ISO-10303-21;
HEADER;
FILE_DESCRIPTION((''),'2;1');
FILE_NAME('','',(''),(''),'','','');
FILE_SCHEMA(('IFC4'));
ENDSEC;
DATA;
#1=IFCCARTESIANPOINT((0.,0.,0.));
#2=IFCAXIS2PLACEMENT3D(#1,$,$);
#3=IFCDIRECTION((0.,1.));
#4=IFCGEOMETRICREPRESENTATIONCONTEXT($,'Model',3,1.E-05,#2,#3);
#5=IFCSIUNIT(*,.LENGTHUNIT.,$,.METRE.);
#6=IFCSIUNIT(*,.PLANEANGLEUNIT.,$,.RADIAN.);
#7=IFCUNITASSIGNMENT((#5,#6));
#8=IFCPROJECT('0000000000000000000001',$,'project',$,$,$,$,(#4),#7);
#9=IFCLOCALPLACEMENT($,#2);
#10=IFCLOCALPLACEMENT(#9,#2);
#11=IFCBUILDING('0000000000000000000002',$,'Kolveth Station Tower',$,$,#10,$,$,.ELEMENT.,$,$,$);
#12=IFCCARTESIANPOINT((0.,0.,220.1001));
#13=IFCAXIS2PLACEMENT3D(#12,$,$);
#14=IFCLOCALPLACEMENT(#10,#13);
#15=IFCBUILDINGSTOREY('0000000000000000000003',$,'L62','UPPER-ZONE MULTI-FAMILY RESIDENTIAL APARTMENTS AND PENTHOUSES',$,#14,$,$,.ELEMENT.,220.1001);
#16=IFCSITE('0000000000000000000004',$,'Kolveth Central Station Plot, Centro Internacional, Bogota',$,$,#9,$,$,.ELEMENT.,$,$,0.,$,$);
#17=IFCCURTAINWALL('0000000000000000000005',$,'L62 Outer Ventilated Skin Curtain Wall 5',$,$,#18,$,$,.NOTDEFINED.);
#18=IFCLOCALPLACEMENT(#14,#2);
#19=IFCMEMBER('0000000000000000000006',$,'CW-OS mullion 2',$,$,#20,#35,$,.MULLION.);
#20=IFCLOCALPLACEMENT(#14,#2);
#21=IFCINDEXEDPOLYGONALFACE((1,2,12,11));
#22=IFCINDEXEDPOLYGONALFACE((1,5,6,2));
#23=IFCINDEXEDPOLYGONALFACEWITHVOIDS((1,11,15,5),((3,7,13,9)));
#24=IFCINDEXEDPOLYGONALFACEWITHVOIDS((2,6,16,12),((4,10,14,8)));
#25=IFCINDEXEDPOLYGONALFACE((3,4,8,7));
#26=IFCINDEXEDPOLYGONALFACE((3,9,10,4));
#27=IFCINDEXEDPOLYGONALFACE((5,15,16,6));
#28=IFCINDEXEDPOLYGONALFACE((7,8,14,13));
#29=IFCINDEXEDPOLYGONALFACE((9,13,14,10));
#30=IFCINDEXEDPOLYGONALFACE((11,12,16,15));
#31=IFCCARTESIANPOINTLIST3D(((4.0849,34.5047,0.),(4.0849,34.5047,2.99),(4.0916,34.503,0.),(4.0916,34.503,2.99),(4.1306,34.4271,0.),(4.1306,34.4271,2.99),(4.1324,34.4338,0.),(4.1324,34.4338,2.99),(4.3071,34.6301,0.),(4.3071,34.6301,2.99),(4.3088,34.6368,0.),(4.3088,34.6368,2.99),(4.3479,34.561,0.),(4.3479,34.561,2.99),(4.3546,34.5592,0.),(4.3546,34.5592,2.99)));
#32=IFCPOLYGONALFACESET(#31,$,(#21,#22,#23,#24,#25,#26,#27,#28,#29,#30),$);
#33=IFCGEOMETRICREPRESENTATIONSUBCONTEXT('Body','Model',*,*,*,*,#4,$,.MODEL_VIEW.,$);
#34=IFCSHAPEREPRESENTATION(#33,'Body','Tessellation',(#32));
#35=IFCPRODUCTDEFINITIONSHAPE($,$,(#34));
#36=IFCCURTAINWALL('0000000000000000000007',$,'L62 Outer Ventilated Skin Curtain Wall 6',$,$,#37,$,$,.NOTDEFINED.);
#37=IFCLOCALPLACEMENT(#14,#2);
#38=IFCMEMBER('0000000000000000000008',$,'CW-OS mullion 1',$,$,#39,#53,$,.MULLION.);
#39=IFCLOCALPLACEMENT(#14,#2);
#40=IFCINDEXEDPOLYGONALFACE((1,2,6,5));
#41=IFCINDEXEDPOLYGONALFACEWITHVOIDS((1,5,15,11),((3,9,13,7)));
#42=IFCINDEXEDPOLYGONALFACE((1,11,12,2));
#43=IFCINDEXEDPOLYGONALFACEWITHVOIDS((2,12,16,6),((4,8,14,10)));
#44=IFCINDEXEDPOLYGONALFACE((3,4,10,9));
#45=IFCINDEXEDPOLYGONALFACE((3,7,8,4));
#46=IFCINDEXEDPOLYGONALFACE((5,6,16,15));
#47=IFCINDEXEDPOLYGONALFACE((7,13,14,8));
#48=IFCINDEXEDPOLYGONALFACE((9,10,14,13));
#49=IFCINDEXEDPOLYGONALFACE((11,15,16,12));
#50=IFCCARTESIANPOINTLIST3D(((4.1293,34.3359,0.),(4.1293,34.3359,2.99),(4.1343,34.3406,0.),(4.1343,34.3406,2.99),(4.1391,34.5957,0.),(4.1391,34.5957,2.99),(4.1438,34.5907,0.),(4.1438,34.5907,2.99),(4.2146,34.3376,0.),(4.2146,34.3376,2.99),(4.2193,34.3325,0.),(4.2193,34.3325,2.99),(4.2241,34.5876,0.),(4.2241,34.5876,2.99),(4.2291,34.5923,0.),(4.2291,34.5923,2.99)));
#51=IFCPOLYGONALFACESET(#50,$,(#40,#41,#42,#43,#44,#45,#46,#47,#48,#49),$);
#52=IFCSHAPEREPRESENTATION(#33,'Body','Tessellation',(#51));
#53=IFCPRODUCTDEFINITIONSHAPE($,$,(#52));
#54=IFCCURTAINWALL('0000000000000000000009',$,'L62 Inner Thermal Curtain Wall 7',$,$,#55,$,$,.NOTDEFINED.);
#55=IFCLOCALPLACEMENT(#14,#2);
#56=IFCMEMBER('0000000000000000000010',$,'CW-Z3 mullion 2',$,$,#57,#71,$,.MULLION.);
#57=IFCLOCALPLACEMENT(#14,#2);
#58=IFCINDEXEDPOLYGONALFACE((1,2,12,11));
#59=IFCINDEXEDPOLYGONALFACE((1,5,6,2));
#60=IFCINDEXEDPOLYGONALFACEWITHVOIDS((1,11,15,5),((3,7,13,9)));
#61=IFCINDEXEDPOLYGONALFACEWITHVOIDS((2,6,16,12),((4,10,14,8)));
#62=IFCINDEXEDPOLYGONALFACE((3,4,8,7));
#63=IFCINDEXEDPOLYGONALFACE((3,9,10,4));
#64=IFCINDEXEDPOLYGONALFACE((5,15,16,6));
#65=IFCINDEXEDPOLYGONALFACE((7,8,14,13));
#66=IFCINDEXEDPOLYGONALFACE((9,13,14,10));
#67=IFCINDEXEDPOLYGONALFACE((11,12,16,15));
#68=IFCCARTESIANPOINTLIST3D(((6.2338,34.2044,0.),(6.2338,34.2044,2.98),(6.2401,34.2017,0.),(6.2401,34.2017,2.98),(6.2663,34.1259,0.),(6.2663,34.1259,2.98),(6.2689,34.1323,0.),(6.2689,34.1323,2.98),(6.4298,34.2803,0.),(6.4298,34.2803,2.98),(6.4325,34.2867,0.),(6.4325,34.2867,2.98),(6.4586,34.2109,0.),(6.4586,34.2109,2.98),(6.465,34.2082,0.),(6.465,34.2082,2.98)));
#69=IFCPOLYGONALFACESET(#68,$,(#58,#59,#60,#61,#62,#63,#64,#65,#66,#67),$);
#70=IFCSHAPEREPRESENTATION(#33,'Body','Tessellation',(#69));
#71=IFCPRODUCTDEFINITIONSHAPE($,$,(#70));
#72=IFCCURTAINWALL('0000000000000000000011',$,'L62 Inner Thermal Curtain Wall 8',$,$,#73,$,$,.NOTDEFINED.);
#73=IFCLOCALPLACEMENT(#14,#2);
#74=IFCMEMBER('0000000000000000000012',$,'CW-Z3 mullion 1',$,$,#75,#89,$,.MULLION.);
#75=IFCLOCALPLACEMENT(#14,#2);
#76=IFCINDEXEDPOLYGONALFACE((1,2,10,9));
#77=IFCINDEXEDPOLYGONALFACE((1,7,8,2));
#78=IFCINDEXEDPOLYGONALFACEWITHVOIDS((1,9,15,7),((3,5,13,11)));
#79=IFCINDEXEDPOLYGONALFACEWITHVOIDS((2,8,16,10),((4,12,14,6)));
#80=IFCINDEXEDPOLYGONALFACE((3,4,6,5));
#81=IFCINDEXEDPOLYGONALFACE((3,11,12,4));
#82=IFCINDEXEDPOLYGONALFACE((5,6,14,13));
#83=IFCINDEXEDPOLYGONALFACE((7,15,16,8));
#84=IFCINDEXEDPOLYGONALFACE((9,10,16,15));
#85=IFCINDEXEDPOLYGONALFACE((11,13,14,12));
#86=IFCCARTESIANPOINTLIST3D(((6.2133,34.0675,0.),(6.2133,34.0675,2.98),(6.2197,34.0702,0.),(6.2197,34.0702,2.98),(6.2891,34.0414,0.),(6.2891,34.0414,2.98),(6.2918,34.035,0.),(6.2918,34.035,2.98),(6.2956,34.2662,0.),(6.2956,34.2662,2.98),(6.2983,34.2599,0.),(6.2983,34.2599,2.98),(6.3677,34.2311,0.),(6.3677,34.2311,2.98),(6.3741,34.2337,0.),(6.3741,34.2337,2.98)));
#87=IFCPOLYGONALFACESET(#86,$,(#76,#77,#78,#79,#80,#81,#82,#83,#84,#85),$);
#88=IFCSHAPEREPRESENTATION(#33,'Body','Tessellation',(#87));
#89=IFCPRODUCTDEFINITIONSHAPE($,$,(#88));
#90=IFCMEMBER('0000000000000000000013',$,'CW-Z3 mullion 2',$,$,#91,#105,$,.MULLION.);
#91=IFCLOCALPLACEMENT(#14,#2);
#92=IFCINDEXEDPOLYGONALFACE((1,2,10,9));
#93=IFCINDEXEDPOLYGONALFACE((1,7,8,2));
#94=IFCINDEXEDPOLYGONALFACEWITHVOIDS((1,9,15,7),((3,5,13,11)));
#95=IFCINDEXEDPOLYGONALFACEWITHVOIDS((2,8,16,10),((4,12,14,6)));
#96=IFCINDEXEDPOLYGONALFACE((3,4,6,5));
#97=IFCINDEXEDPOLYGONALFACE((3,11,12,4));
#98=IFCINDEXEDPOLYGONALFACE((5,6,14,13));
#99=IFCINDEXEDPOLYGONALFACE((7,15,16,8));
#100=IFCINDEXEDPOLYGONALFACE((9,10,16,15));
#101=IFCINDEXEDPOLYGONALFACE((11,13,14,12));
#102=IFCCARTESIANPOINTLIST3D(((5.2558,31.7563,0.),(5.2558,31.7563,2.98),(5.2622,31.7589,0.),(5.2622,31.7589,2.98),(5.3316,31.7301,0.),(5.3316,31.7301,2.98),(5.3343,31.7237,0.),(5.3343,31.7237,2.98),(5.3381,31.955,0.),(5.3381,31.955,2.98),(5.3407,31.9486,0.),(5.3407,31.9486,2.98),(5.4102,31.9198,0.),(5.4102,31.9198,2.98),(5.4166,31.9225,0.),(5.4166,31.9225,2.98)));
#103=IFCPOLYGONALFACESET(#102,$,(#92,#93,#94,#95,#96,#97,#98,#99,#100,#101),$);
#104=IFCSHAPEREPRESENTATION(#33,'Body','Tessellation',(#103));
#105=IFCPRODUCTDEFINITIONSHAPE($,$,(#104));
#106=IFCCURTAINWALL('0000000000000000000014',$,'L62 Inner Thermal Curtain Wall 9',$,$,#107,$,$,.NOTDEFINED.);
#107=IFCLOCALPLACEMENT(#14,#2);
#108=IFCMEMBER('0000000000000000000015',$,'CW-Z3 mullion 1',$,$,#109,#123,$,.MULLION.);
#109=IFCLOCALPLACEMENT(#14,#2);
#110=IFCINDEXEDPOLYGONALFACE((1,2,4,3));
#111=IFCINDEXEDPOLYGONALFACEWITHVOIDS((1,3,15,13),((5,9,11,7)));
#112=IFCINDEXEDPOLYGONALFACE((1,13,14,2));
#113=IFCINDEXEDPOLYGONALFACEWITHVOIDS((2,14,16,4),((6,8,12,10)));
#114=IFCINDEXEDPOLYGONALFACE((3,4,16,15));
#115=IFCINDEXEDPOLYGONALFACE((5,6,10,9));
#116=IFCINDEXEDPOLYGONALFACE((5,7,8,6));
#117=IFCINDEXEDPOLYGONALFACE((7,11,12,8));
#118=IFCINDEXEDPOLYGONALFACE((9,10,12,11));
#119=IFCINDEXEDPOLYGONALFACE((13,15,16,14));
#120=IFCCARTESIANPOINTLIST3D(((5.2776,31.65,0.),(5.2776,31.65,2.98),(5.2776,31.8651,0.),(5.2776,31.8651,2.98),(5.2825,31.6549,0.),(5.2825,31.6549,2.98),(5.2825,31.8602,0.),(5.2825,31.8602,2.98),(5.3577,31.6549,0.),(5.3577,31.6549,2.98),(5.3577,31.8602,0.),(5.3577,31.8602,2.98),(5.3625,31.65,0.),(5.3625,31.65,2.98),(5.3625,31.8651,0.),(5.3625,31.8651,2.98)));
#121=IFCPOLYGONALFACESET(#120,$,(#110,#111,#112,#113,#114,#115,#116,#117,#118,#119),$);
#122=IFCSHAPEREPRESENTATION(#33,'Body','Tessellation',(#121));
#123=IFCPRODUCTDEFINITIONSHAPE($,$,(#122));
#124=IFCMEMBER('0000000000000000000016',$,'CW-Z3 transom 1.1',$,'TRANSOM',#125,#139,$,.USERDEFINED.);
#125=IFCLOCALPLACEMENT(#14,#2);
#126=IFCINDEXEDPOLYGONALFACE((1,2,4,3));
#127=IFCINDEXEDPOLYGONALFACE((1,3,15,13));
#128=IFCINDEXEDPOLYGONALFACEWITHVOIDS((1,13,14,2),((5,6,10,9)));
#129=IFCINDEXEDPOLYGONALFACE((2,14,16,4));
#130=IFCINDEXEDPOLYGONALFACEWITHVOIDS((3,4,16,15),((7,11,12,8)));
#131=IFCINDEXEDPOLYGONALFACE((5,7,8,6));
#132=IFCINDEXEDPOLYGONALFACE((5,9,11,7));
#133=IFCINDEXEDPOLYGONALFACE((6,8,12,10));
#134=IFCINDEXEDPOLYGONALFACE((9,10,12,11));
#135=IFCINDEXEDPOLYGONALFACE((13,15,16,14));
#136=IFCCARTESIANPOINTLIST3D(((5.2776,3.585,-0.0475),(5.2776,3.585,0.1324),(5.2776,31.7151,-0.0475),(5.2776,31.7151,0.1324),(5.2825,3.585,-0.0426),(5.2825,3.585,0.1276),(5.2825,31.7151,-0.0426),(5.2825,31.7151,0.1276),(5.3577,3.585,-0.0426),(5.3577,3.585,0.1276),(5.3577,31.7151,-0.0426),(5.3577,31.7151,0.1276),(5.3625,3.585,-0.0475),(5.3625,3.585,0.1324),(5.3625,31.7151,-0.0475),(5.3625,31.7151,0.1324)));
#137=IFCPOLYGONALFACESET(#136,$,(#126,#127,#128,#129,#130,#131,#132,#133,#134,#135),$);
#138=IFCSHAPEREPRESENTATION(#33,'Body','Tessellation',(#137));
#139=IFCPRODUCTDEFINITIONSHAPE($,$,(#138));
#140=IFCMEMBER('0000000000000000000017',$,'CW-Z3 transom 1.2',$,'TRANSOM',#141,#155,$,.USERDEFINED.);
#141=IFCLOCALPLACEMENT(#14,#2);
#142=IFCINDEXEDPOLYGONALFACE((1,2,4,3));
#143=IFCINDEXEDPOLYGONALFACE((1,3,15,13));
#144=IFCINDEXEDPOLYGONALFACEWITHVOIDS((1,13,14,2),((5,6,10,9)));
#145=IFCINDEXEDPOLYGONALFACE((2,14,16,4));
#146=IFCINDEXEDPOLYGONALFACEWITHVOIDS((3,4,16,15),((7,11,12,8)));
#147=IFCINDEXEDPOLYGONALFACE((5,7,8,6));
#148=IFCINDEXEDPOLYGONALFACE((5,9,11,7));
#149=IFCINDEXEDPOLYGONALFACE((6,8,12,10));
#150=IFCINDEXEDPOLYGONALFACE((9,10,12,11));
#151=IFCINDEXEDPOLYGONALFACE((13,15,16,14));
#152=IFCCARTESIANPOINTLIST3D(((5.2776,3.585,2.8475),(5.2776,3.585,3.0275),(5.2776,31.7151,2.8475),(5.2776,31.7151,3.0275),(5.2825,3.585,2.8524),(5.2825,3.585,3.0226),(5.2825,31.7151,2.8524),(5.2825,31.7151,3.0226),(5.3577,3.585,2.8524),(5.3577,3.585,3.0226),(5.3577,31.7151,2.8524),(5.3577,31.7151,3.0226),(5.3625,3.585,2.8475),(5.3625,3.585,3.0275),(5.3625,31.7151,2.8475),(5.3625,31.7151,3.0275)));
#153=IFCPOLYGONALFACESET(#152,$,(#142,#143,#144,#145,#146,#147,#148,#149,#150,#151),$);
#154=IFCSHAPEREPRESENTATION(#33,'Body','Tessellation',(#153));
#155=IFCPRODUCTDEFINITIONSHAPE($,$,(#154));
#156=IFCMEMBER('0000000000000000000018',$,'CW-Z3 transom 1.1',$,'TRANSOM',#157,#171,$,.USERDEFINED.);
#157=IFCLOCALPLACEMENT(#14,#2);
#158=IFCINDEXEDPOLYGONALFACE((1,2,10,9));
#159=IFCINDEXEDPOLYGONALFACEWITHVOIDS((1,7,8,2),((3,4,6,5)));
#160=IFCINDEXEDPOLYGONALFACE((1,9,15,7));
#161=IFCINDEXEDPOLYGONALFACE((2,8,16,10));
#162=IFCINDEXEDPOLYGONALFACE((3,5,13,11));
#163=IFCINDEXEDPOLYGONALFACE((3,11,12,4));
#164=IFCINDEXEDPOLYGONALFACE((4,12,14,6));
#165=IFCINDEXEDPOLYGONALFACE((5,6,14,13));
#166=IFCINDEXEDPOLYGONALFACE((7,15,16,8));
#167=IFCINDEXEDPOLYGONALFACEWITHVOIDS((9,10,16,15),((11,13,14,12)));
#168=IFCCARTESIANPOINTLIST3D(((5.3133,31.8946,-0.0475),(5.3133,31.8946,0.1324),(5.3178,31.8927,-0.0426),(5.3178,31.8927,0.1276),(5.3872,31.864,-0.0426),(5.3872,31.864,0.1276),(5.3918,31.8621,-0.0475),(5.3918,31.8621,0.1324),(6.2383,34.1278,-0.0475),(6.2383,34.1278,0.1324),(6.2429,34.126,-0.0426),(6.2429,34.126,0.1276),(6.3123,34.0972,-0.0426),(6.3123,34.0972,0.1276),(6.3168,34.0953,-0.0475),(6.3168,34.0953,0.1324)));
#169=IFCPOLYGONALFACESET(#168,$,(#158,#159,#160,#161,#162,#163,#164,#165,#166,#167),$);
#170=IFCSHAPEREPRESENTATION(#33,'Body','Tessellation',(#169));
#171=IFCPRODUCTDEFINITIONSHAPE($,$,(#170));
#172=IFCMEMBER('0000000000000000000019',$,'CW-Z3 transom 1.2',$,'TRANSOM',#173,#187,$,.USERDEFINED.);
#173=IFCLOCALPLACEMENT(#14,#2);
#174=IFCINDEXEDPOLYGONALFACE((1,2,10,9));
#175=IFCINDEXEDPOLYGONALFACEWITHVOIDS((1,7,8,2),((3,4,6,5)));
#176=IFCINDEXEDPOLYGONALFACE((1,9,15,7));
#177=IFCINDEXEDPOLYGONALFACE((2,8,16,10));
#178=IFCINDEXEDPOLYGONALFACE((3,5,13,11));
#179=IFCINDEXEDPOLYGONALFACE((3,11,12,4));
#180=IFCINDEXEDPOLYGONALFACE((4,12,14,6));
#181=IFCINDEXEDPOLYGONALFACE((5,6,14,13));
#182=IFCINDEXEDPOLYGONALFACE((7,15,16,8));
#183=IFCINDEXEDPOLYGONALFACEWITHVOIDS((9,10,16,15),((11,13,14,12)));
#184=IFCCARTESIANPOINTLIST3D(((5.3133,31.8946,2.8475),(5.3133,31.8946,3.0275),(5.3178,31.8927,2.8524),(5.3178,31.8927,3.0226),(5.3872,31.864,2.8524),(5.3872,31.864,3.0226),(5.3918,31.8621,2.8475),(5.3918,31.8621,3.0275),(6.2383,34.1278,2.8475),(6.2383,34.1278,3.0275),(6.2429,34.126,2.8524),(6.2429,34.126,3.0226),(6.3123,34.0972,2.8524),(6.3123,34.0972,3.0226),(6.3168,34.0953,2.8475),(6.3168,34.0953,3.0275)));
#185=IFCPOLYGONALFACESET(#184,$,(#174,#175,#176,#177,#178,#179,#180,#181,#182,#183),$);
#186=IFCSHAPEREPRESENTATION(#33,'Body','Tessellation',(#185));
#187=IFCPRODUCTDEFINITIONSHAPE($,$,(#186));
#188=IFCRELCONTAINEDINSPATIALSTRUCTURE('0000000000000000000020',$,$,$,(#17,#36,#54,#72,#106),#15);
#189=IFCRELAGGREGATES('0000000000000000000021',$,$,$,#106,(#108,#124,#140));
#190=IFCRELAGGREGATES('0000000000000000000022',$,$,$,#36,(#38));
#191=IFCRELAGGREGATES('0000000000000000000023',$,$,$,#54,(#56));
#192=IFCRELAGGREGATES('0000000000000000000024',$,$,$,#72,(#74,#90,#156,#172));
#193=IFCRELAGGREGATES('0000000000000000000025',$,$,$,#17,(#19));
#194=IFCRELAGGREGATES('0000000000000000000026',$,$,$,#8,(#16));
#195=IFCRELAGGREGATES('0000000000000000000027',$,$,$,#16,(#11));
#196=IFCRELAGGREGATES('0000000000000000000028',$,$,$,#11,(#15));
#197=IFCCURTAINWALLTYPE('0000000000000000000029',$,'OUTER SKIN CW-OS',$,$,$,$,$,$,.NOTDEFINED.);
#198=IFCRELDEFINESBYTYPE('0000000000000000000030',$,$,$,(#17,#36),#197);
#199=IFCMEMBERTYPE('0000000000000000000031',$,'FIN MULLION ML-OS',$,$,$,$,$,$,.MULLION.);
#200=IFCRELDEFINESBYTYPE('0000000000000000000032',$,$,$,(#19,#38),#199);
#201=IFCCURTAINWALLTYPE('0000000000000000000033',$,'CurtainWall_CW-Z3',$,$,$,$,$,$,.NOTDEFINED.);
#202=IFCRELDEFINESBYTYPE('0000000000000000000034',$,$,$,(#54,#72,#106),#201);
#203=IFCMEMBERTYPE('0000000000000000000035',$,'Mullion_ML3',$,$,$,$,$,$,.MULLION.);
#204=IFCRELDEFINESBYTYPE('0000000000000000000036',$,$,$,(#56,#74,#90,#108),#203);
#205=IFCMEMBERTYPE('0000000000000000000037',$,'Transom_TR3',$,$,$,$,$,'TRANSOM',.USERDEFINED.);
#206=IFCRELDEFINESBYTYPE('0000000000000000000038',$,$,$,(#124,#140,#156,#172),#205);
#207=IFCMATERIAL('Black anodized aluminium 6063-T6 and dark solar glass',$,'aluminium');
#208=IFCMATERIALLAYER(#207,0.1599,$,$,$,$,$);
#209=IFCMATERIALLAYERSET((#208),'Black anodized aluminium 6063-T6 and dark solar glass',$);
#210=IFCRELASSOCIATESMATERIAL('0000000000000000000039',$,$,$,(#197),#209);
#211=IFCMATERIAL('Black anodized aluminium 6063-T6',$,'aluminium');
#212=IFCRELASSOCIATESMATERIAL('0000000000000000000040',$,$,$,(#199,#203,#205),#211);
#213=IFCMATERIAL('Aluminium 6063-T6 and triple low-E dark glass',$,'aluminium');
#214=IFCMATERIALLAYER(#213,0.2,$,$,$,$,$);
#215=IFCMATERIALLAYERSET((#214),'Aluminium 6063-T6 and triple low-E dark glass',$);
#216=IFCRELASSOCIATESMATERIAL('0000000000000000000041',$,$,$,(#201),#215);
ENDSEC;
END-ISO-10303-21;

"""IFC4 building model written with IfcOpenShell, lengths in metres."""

from ifc_helpers import new_model, si_unit, direction, frame, origin, origin_2d, place, context, subcontext, project, spatial, hollow_rectangle, extrude, source, transform, mapped, material, layer, layer_set, material_profile, profile_set, type_object, element, aggregate, save


model = new_model("IFC4")

# Units and contexts
model_context = context("Model", 3, precision=1e-05, world=origin(), true_north=direction((0.0, 1.0)))
body_context = subcontext(model_context, "Body", "Model", "MODEL_VIEW")
ifc_project = project(units=[si_unit("LENGTHUNIT", "METRE"), si_unit("PLANEANGLEUNIT", "RADIAN")], contexts=[model_context])

# Site, building, storey
site_placement = place(None, origin())
site = spatial("IfcSite", under=ifc_project, at=site_placement, Name="Kolveth Central Station Plot, Centro Internacional, Bogota", CompositionType="ELEMENT", RefElevation=0.0)
building_placement = place(site_placement, origin())
building = spatial("IfcBuilding", under=site, at=building_placement, Name="Kolveth Station Tower", CompositionType="ELEMENT")
storey_placement = place(building_placement, frame((0.0, 0.0, 220.1001)))
storey = spatial("IfcBuildingStorey", under=building, at=storey_placement, Name="L62", Description="UPPER-ZONE MULTI-FAMILY RESIDENTIAL APARTMENTS AND PENTHOUSES", CompositionType="ELEMENT", Elevation=220.1001)

# Curtain walls, members
ifc_material_1 = material(Name="Black anodized aluminium 6063-T6 and dark solar glass", Category="aluminium")
ifc_layer_1 = layer(ifc_material_1, 0.1599)
ifc_layer_set_1 = layer_set([ifc_layer_1], Name="Black anodized aluminium 6063-T6 and dark solar glass")
curtain_wall_type_1 = type_object("IfcCurtainWallType", Name="OUTER SKIN CW-OS", PredefinedType="NOTDEFINED", material=ifc_layer_set_1)
curtain_wall_1_placement = place(storey_placement, origin())
curtain_wall_1 = element("IfcCurtainWall", 1, at=curtain_wall_1_placement, inside=storey, type_object=curtain_wall_type_1, Name="L62 Outer Ventilated Skin Curtain Wall 5", PredefinedType="NOTDEFINED")
ifc_material_2 = material(Name="Black anodized aluminium 6063-T6", Category="aluminium")
ifc_material_profile_1 = material_profile(ifc_material_2, hollow_rectangle(XDim=0.0901, YDim=0.26, WallThickness=0.0049, at=origin_2d()), Name="ALU-90x260x5")
ifc_profile_set_1 = profile_set([ifc_material_profile_1], Name="Black anodized aluminium 6063-T6")
member_type_1 = type_object("IfcMemberType", Name="FIN MULLION ML-OS", PredefinedType="MULLION", material=ifc_profile_set_1)
shared_shape_1 = source(origin(), body_context, "Body", "SweptSolid", [
    extrude(hollow_rectangle(XDim=0.0901, YDim=0.26, WallThickness=0.0049, at=origin_2d()), origin(), (0.0, 0.0, 1.0), 2.99),
])
member_1_placement = place(storey_placement, frame((4.2197, 34.532, 0.0), z_axis=(0.0, 0.0, 1.0), x_axis=(0.508014, -0.861349, 0.0)))
member_1 = element("IfcMember", 2, at=member_1_placement, type_object=member_type_1, Name="CW-OS mullion 2", PredefinedType="MULLION", context=body_context, shape_type="MappedRepresentation", body=[
    mapped(shared_shape_1, transform((0.0, 0.0, 0.0), x_axis=(1.0, 0.0, 0.0), y_axis=(0.0, 1.0, 0.0), z_axis=(0.0, 0.0, 1.0), scale=1.0)),
])
curtain_wall_2_placement = place(storey_placement, origin())
curtain_wall_2 = element("IfcCurtainWall", 3, at=curtain_wall_2_placement, inside=storey, type_object=curtain_wall_type_1, Name="L62 Outer Ventilated Skin Curtain Wall 6", PredefinedType="NOTDEFINED")
member_2_placement = place(storey_placement, frame((4.1792, 34.4641, 0.0), z_axis=(0.0, 0.0, 1.0), x_axis=(0.999288, -0.037732, 0.0)))
member_2 = element("IfcMember", 4, at=member_2_placement, type_object=member_type_1, Name="CW-OS mullion 1", PredefinedType="MULLION", context=body_context, shape_type="MappedRepresentation", body=[
    mapped(shared_shape_1, transform((0.0, 0.0, 0.0), x_axis=(1.0, 0.0, 0.0), y_axis=(0.0, 1.0, 0.0), z_axis=(0.0, 0.0, 1.0), scale=1.0)),
])
ifc_material_3 = material(Name="Aluminium 6063-T6 and triple low-E dark glass", Category="aluminium")
ifc_layer_2 = layer(ifc_material_3, 0.2)
ifc_layer_set_2 = layer_set([ifc_layer_2], Name="Aluminium 6063-T6 and triple low-E dark glass")
curtain_wall_type_2 = type_object("IfcCurtainWallType", Name="CurtainWall_CW-Z3", PredefinedType="NOTDEFINED", material=ifc_layer_set_2)
curtain_wall_3_placement = place(storey_placement, origin())
curtain_wall_3 = element("IfcCurtainWall", 5, at=curtain_wall_3_placement, inside=storey, type_object=curtain_wall_type_2, Name="L62 Inner Thermal Curtain Wall 7", PredefinedType="NOTDEFINED")
ifc_material_profile_2 = material_profile(ifc_material_2, hollow_rectangle(XDim=0.085, YDim=0.2151, WallThickness=0.0049, at=origin_2d()), Name="ALU-85x215x5")
ifc_profile_set_2 = profile_set([ifc_material_profile_2], Name="Black anodized aluminium 6063-T6")
member_type_2 = type_object("IfcMemberType", Name="Mullion_ML3", PredefinedType="MULLION", material=ifc_profile_set_2)
shared_shape_2 = source(origin(), body_context, "Body", "SweptSolid", [
    extrude(hollow_rectangle(XDim=0.085, YDim=0.2151, WallThickness=0.0049, at=origin_2d()), origin(), (0.0, 0.0, 1.0), 2.98),
])
member_3_placement = place(storey_placement, frame((6.3494, 34.2063, 0.0), z_axis=(0.0, 0.0, 1.0), x_axis=(0.382693, -0.923875, 0.0)))
member_3 = element("IfcMember", 6, at=member_3_placement, type_object=member_type_2, Name="CW-Z3 mullion 2", PredefinedType="MULLION", context=body_context, shape_type="MappedRepresentation", body=[
    mapped(shared_shape_2, transform((0.0, 0.0, 0.0), x_axis=(1.0, 0.0, 0.0), y_axis=(0.0, 1.0, 0.0), z_axis=(0.0, 0.0, 1.0), scale=1.0)),
])

# Curtain walls, members
curtain_wall_4_placement = place(storey_placement, origin())
curtain_wall_4 = element("IfcCurtainWall", 7, at=curtain_wall_4_placement, inside=storey, type_object=curtain_wall_type_2, Name="L62 Inner Thermal Curtain Wall 8", PredefinedType="NOTDEFINED")
member_4_placement = place(storey_placement, frame((6.2937, 34.1506, 0.0), z_axis=(0.0, 0.0, 1.0), x_axis=(0.923875, -0.382693, 0.0)))
member_4 = element("IfcMember", 8, at=member_4_placement, type_object=member_type_2, Name="CW-Z3 mullion 1", PredefinedType="MULLION", context=body_context, shape_type="MappedRepresentation", body=[
    mapped(shared_shape_2, transform((0.0, 0.0, 0.0), x_axis=(1.0, 0.0, 0.0), y_axis=(0.0, 1.0, 0.0), z_axis=(0.0, 0.0, 1.0), scale=1.0)),
])
member_5_placement = place(storey_placement, frame((5.3362, 31.8394, 0.0), z_axis=(0.0, 0.0, 1.0), x_axis=(0.923875, -0.382693, 0.0)))
member_5 = element("IfcMember", 9, at=member_5_placement, type_object=member_type_2, Name="CW-Z3 mullion 2", PredefinedType="MULLION", context=body_context, shape_type="MappedRepresentation", body=[
    mapped(shared_shape_2, transform((0.0, 0.0, 0.0), x_axis=(1.0, 0.0, 0.0), y_axis=(0.0, 1.0, 0.0), z_axis=(0.0, 0.0, 1.0), scale=1.0)),
])
curtain_wall_5_placement = place(storey_placement, origin())
curtain_wall_5 = element("IfcCurtainWall", 10, at=curtain_wall_5_placement, inside=storey, type_object=curtain_wall_type_2, Name="L62 Inner Thermal Curtain Wall 9", PredefinedType="NOTDEFINED")
member_6_placement = place(storey_placement, frame((5.3201, 31.7576, 0.0), z_axis=(0.0, 0.0, 1.0), x_axis=(1.0, 0.0, 0.0)))
member_6 = element("IfcMember", 11, at=member_6_placement, type_object=member_type_2, Name="CW-Z3 mullion 1", PredefinedType="MULLION", context=body_context, shape_type="MappedRepresentation", body=[
    mapped(shared_shape_2, transform((0.0, 0.0, 0.0), x_axis=(1.0, 0.0, 0.0), y_axis=(0.0, 1.0, 0.0), z_axis=(0.0, 0.0, 1.0), scale=1.0)),
])
ifc_material_profile_3 = material_profile(ifc_material_2, hollow_rectangle(XDim=0.085, YDim=0.1799, WallThickness=0.0049, at=origin_2d()), Name="ALU-85x180x5")
ifc_profile_set_3 = profile_set([ifc_material_profile_3], Name="Black anodized aluminium 6063-T6")
member_type_3 = type_object("IfcMemberType", Name="Transom_TR3", ElementType="TRANSOM", PredefinedType="USERDEFINED", material=ifc_profile_set_3)
shared_shape_3 = source(origin(), body_context, "Body", "SweptSolid", [
    extrude(hollow_rectangle(XDim=0.085, YDim=0.1799, WallThickness=0.0049, at=origin_2d()), origin(), (0.0, 0.0, 1.0), 28.1301),
])
member_7_placement = place(storey_placement, frame((5.3201, 31.7151, 0.0425), z_axis=(0.0, -1.0, 0.0), x_axis=(1.0, 0.0, 0.0)))
member_7 = element("IfcMember", 12, at=member_7_placement, type_object=member_type_3, Name="CW-Z3 transom 1.1", ObjectType="TRANSOM", PredefinedType="USERDEFINED", context=body_context, shape_type="MappedRepresentation", body=[
    mapped(shared_shape_3, transform((0.0, 0.0, 0.0), x_axis=(1.0, 0.0, 0.0), y_axis=(0.0, 1.0, 0.0), z_axis=(0.0, 0.0, 1.0), scale=1.0)),
])
member_8_placement = place(storey_placement, frame((5.3201, 31.7151, 2.9375), z_axis=(0.0, -1.0, 0.0), x_axis=(1.0, 0.0, 0.0)))
member_8 = element("IfcMember", 13, at=member_8_placement, type_object=member_type_3, Name="CW-Z3 transom 1.2", ObjectType="TRANSOM", PredefinedType="USERDEFINED", context=body_context, shape_type="MappedRepresentation", body=[
    mapped(shared_shape_3, transform((0.0, 0.0, 0.0), x_axis=(1.0, 0.0, 0.0), y_axis=(0.0, 1.0, 0.0), z_axis=(0.0, 0.0, 1.0), scale=1.0)),
])
aggregate(curtain_wall_5, [member_6, member_7, member_8])

# Members
shared_shape_4 = source(origin(), body_context, "Body", "SweptSolid", [
    extrude(hollow_rectangle(XDim=0.085, YDim=0.1799, WallThickness=0.0049, at=origin_2d()), origin(), (0.0, 0.0, 1.0), 2.4172),
])
member_9_placement = place(storey_placement, frame((6.2776, 34.1116, 0.0425), z_axis=(-0.3827, -0.923873, 0.0), x_axis=(0.923873, -0.3827, 0.0)))
member_9 = element("IfcMember", 14, at=member_9_placement, type_object=member_type_3, Name="CW-Z3 transom 1.1", ObjectType="TRANSOM", PredefinedType="USERDEFINED", context=body_context, shape_type="MappedRepresentation", body=[
    mapped(shared_shape_4, transform((0.0, 0.0, 0.0), x_axis=(1.0, 0.0, 0.0), y_axis=(0.0, 1.0, 0.0), z_axis=(0.0, 0.0, 1.0), scale=1.0)),
])
member_10_placement = place(storey_placement, frame((6.2776, 34.1116, 2.9375), z_axis=(-0.3827, -0.923873, 0.0), x_axis=(0.923873, -0.3827, 0.0)))
member_10 = element("IfcMember", 15, at=member_10_placement, type_object=member_type_3, Name="CW-Z3 transom 1.2", ObjectType="TRANSOM", PredefinedType="USERDEFINED", context=body_context, shape_type="MappedRepresentation", body=[
    mapped(shared_shape_4, transform((0.0, 0.0, 0.0), x_axis=(1.0, 0.0, 0.0), y_axis=(0.0, 1.0, 0.0), z_axis=(0.0, 0.0, 1.0), scale=1.0)),
])
aggregate(curtain_wall_2, [member_2])

aggregate(curtain_wall_3, [member_3])
aggregate(curtain_wall_4, [member_4, member_5, member_9, member_10])
aggregate(curtain_wall_1, [member_1])

save(model, "model.ifc")
